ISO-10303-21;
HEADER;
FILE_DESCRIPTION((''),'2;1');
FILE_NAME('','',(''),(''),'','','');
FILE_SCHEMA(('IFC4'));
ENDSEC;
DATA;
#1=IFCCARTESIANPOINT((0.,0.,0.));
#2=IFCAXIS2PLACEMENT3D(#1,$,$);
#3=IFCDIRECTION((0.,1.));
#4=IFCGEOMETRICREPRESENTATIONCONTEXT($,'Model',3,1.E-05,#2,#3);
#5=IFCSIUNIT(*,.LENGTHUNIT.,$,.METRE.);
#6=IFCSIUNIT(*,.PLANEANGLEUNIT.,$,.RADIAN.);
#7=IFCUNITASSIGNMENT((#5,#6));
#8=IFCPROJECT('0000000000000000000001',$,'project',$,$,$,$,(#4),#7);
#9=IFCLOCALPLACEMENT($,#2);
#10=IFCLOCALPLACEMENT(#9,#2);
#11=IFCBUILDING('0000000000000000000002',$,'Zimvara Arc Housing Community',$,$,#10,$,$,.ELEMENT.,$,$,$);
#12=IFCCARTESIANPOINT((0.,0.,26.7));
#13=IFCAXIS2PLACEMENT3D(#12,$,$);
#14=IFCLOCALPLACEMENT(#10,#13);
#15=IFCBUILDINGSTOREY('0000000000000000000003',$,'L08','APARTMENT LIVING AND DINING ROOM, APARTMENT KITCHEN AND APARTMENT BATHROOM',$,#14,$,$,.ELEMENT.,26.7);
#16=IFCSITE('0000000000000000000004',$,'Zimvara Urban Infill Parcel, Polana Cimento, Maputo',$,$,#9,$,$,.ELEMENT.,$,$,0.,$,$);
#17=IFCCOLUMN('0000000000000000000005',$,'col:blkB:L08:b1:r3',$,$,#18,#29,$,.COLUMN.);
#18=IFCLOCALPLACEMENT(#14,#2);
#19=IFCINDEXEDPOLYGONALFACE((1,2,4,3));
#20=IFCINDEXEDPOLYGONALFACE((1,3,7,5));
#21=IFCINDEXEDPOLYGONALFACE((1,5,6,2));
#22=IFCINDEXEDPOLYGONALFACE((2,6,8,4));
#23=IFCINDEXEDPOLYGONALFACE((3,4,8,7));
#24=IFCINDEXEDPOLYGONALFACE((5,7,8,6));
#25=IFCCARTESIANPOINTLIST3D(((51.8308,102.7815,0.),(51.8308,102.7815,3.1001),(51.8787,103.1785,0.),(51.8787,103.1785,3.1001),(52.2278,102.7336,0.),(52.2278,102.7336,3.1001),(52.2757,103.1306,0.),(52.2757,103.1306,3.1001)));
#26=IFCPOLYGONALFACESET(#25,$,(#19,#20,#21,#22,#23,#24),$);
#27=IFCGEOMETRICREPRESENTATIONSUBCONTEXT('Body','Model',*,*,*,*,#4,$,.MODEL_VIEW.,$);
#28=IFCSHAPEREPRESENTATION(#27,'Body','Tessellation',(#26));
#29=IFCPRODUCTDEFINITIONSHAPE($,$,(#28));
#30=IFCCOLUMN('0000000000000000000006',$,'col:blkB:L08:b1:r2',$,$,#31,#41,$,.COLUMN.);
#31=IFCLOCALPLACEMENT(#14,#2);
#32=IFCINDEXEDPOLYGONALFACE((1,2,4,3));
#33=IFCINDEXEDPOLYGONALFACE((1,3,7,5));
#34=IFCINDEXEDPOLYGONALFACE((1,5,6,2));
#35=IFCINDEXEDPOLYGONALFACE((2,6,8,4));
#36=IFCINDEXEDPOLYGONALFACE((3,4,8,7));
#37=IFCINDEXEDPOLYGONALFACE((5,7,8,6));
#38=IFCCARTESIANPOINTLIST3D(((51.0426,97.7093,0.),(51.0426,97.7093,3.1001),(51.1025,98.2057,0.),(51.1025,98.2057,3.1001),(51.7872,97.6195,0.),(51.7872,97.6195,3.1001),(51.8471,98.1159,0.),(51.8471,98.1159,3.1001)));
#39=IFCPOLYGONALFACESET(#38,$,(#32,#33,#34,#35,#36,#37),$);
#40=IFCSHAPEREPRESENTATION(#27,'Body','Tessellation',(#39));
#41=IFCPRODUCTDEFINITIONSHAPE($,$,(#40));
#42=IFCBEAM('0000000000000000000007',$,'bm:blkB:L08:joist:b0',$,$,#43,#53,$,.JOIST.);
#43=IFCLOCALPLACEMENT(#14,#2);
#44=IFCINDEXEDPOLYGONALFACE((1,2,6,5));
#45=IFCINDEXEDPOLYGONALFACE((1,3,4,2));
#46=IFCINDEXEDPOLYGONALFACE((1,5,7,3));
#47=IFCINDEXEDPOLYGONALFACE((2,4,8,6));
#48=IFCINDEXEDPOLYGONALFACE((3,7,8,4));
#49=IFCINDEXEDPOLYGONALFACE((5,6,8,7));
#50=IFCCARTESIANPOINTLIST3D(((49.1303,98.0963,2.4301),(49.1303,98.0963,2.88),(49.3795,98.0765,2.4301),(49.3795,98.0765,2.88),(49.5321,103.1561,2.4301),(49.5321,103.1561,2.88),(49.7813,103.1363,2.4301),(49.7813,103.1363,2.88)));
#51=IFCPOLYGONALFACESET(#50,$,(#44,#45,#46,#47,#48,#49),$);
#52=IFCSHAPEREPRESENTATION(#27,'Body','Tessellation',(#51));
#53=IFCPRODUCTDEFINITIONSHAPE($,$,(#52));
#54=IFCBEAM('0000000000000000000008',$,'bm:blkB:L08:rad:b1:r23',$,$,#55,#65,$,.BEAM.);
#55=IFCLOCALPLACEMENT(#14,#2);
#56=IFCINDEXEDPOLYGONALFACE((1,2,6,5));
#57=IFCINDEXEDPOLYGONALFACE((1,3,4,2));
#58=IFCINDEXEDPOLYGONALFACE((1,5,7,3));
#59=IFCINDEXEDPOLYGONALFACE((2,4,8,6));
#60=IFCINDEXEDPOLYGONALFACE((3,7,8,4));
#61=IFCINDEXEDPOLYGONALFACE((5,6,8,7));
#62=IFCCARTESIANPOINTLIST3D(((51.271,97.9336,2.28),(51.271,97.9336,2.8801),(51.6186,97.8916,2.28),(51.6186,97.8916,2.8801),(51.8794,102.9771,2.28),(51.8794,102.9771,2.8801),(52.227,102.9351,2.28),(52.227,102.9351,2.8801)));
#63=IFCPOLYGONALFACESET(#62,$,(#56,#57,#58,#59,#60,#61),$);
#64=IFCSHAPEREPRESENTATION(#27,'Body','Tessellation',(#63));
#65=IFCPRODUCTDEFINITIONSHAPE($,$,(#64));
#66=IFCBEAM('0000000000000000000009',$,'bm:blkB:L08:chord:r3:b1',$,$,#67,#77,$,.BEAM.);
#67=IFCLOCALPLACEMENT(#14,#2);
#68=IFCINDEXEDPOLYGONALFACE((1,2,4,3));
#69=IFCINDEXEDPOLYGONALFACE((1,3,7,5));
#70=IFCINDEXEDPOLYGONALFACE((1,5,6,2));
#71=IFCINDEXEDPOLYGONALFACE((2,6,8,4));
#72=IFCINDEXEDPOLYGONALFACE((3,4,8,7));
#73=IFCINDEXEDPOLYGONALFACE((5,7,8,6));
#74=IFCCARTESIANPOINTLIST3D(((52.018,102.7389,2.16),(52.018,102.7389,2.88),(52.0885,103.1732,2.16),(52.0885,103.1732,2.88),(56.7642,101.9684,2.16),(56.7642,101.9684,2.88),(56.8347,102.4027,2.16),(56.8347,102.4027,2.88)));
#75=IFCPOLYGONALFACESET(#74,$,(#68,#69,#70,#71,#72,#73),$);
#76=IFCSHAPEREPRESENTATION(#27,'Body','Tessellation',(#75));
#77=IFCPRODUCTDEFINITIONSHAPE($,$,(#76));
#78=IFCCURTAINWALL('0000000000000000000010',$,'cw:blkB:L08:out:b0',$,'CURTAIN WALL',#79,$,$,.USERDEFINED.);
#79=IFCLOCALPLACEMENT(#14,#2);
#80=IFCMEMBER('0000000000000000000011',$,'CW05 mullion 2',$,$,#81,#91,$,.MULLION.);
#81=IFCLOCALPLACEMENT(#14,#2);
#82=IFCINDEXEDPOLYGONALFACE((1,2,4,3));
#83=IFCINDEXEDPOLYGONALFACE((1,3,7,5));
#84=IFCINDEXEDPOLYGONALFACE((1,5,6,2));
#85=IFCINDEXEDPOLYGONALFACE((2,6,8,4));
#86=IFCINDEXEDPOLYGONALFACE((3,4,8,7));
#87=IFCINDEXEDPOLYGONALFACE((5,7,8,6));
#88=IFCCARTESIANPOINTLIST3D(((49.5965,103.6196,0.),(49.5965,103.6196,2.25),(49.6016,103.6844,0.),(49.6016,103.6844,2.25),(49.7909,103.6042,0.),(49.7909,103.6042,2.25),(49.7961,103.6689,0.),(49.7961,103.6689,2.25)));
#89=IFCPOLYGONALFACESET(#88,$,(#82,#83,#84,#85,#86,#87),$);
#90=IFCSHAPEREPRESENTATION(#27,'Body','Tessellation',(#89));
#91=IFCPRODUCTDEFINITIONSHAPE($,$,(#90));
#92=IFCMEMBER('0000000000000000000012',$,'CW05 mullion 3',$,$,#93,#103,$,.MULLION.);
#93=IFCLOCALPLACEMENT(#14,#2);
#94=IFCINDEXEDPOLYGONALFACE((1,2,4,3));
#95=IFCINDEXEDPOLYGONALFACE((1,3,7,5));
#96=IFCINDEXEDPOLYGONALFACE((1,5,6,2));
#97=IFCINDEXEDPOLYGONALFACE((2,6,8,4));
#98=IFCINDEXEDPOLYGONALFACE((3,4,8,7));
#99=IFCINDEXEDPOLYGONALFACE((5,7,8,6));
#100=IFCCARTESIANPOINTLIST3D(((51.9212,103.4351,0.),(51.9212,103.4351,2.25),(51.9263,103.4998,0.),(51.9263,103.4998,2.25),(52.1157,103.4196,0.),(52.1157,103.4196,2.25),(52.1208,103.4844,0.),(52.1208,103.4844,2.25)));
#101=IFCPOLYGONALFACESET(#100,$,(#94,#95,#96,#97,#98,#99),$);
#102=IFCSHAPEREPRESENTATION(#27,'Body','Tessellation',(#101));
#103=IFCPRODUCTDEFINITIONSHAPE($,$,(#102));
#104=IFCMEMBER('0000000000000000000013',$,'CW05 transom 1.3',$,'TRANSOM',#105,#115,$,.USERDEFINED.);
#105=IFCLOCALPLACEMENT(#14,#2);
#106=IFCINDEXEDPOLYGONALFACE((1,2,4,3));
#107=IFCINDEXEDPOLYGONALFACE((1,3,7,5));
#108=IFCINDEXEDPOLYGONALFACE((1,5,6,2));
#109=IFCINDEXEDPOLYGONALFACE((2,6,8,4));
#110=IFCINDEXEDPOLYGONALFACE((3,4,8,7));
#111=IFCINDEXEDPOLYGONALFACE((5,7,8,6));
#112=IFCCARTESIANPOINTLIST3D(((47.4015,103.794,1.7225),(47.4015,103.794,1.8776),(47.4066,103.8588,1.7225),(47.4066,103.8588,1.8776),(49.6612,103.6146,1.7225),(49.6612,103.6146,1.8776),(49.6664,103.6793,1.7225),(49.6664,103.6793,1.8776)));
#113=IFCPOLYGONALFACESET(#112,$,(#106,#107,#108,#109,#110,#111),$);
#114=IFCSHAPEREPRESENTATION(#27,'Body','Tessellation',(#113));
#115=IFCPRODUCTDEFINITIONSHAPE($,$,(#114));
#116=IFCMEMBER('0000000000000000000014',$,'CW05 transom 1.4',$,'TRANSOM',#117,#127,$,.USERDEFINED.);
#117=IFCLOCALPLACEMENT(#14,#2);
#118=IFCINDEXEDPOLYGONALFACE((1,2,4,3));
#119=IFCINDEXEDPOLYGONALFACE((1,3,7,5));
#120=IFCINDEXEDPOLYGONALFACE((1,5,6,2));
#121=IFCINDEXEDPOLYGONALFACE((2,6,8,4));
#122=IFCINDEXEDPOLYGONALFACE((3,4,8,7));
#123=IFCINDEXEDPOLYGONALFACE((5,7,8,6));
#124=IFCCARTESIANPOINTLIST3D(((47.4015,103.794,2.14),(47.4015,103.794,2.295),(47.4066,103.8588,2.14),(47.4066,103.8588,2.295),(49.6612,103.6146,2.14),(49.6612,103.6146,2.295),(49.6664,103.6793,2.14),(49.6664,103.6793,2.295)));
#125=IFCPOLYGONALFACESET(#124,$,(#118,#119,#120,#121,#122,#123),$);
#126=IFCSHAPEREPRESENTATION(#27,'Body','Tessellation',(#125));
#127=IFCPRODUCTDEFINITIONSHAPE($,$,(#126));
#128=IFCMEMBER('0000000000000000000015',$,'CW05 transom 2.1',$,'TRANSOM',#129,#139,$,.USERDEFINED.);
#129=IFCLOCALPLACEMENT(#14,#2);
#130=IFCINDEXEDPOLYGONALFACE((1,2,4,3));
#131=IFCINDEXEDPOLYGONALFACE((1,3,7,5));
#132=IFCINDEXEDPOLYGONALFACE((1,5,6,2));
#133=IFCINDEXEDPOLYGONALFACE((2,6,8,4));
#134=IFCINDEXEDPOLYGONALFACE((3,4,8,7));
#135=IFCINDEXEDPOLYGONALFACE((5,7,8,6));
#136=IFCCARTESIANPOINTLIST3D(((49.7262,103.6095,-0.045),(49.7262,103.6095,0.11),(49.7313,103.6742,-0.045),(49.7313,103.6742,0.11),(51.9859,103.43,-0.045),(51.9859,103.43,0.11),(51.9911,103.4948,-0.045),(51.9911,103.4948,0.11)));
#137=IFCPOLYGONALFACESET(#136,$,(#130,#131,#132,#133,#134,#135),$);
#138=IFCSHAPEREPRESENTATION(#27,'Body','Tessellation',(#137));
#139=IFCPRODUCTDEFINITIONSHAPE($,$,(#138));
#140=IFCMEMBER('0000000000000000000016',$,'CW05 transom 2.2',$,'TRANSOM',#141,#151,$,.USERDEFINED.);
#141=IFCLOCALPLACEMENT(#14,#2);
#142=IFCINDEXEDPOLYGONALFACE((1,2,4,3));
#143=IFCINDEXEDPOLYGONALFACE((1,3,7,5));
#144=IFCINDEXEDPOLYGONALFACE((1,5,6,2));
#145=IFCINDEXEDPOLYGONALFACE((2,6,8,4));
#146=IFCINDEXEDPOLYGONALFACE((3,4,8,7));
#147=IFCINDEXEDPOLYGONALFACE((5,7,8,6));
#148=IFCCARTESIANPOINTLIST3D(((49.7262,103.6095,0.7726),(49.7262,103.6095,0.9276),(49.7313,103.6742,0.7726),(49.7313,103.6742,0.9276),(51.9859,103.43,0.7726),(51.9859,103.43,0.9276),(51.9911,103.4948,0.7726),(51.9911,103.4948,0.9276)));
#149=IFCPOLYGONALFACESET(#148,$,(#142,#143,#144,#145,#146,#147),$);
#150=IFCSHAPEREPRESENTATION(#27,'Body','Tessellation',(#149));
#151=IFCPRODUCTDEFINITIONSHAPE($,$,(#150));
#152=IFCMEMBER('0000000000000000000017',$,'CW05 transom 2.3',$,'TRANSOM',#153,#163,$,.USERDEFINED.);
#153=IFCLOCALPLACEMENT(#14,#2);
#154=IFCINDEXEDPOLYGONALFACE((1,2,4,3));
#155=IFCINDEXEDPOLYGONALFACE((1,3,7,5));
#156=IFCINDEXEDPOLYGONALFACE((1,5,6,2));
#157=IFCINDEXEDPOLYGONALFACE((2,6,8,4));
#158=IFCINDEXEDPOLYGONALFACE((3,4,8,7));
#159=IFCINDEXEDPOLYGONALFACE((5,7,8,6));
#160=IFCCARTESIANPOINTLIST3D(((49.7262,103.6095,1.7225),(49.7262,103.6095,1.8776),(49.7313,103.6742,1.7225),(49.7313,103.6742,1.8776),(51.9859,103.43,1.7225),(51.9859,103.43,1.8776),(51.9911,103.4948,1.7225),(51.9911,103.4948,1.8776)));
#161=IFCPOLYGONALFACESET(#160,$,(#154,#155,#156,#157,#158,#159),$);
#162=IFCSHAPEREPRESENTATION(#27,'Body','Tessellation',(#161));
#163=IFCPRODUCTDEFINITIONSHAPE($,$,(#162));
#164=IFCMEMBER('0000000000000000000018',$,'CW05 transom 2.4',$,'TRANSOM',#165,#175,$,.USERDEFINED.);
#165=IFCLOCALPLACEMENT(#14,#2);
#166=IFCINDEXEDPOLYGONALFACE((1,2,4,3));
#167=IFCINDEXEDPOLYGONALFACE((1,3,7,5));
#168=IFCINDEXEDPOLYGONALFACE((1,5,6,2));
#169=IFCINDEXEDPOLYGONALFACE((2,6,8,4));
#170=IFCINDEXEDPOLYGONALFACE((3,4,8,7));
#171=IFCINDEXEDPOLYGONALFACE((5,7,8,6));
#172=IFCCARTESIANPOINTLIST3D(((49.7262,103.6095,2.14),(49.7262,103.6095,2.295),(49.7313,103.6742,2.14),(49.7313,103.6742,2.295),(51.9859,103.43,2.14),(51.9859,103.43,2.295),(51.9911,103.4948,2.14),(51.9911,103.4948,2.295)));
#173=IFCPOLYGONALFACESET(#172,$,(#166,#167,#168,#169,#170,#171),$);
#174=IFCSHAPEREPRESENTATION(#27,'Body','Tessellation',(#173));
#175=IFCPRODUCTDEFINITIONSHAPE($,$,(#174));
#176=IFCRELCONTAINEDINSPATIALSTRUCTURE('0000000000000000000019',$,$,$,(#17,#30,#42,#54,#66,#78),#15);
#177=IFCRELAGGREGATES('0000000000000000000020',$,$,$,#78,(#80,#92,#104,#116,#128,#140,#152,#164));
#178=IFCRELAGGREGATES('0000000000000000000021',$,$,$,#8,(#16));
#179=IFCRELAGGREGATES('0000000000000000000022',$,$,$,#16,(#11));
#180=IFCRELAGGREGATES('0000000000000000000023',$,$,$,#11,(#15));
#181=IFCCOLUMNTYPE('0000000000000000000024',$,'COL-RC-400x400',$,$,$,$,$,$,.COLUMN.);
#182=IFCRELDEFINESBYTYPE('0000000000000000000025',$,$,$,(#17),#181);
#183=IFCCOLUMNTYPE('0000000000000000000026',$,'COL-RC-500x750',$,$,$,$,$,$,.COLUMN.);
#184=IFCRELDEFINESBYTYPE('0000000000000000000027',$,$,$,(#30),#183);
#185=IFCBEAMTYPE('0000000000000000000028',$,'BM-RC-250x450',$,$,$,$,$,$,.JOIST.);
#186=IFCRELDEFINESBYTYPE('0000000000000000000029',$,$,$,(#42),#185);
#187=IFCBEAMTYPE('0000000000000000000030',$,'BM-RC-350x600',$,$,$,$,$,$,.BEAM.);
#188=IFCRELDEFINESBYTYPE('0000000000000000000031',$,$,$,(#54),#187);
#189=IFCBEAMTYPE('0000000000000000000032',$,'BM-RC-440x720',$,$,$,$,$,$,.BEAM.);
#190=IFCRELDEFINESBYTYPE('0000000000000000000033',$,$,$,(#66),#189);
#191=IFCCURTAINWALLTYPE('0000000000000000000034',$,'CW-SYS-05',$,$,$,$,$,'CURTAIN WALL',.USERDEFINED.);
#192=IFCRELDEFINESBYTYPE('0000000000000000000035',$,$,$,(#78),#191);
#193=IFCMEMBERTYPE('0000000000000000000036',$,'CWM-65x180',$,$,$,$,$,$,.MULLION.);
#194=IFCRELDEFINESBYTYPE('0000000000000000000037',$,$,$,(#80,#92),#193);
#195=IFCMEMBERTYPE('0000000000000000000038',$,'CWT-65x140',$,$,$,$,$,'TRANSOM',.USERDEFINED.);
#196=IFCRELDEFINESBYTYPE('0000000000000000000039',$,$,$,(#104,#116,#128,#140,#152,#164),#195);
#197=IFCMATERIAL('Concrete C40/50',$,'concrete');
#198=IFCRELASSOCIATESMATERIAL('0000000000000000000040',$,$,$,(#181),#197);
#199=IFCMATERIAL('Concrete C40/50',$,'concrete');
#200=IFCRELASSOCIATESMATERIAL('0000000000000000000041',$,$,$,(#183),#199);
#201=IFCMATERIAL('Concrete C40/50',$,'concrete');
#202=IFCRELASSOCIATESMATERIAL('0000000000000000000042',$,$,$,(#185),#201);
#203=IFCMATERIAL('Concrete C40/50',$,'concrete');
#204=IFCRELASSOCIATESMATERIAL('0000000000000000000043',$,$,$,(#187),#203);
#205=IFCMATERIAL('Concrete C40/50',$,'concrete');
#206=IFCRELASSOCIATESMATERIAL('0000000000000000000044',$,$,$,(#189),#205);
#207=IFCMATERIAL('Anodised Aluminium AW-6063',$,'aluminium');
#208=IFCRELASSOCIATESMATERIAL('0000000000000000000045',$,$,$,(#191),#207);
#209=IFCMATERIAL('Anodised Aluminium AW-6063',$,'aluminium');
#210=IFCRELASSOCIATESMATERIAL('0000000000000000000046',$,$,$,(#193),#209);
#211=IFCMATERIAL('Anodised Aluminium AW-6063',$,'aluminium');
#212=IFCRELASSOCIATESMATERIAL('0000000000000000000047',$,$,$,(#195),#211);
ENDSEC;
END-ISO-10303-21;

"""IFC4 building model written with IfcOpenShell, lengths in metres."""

from ifc_helpers import new_model, si_unit, direction, frame, origin, origin_2d, place, context, subcontext, project, spatial, rectangle, extrude, material, material_profile, profile_set, type_object, element, aggregate, save


model = new_model("IFC4")

# Units and contexts
model_context = context("Model", 3, precision=1e-05, world=origin(), true_north=direction((0.0, 1.0)))
body_context = subcontext(model_context, "Body", "Model", "MODEL_VIEW")
ifc_project = project(units=[si_unit("LENGTHUNIT", "METRE"), si_unit("PLANEANGLEUNIT", "RADIAN")], contexts=[model_context])

# Site, building, storey
site_placement = place(None, origin())
site = spatial("IfcSite", under=ifc_project, at=site_placement, Name="Zimvara Urban Infill Parcel, Polana Cimento, Maputo", CompositionType="ELEMENT", RefElevation=0.0)
building_placement = place(site_placement, origin())
building = spatial("IfcBuilding", under=site, at=building_placement, Name="Zimvara Arc Housing Community", CompositionType="ELEMENT")
storey_placement = place(building_placement, frame((0.0, 0.0, 26.7)))
storey = spatial("IfcBuildingStorey", under=building, at=storey_placement, Name="L08", Description="APARTMENT LIVING AND DINING ROOM, APARTMENT KITCHEN AND APARTMENT BATHROOM", CompositionType="ELEMENT", Elevation=26.7)

# Columns
ifc_material_1 = material(Name="Concrete C40/50", Category="concrete")
ifc_material_profile_1 = material_profile(ifc_material_1, rectangle(XDim=0.3999, YDim=0.3999, at=origin_2d()), Name="RC 400x400")
ifc_profile_set_1 = profile_set([ifc_material_profile_1], Name="Concrete C40/50")
column_type_1 = type_object("IfcColumnType", Name="COL-RC-400x400", PredefinedType="COLUMN", material=ifc_profile_set_1)
column_1_placement = place(storey_placement, frame((52.0532, 102.9561, 0.0), z_axis=(0.0, 0.0, 1.0), x_axis=(0.11979, 0.992799, 0.0)))
element("IfcColumn", 1, at=column_1_placement, inside=storey, type_object=column_type_1, Name="col:blkB:L08:b1:r3", PredefinedType="COLUMN", context=body_context, shape_type="SweptSolid", body=[
    extrude(rectangle(XDim=0.3999, YDim=0.3999, at=origin_2d()), origin(), (0.0, 0.0, 1.0), 3.1001),
])
ifc_material_2 = material(Name="Concrete C40/50", Category="concrete")
ifc_material_profile_2 = material_profile(ifc_material_2, rectangle(XDim=0.5, YDim=0.75, at=origin_2d()), Name="RC 500x750")
ifc_profile_set_2 = profile_set([ifc_material_profile_2], Name="Concrete C40/50")
column_type_2 = type_object("IfcColumnType", Name="COL-RC-500x750", PredefinedType="COLUMN", material=ifc_profile_set_2)
column_2_placement = place(storey_placement, frame((51.4448, 97.9126, 0.0), z_axis=(0.0, 0.0, 1.0), x_axis=(0.11979, 0.992799, 0.0)))
element("IfcColumn", 2, at=column_2_placement, inside=storey, type_object=column_type_2, Name="col:blkB:L08:b1:r2", PredefinedType="COLUMN", context=body_context, shape_type="SweptSolid", body=[
    extrude(rectangle(XDim=0.5, YDim=0.75, at=origin_2d()), origin(), (0.0, 0.0, 1.0), 3.1001),
])

# Beams
ifc_material_3 = material(Name="Concrete C40/50", Category="concrete")
ifc_material_profile_3 = material_profile(ifc_material_3, rectangle(XDim=0.25, YDim=0.45, at=origin_2d()), Name="RC 250x450")
ifc_profile_set_3 = profile_set([ifc_material_profile_3], Name="Concrete C40/50")
beam_type_1 = type_object("IfcBeamType", Name="BM-RC-250x450", PredefinedType="JOIST", material=ifc_profile_set_3)
beam_1_placement = place(storey_placement, frame((49.2549, 98.0864, 2.655), z_axis=(0.079172, 0.996861, 0.0), x_axis=(-0.996861, 0.079172, 0.0)))
element("IfcBeam", 3, at=beam_1_placement, inside=storey, type_object=beam_type_1, Name="bm:blkB:L08:joist:b0", PredefinedType="JOIST", context=body_context, shape_type="SweptSolid", body=[
    extrude(rectangle(XDim=0.25, YDim=0.45, at=origin_2d()), origin(), (0.0, 0.0, 1.0), 5.0757),
])
ifc_material_4 = material(Name="Concrete C40/50", Category="concrete")
ifc_material_profile_4 = material_profile(ifc_material_4, rectangle(XDim=0.3501, YDim=0.6001, at=origin_2d()), Name="RC 350x600")
ifc_profile_set_4 = profile_set([ifc_material_profile_4], Name="Concrete C40/50")
beam_type_2 = type_object("IfcBeamType", Name="BM-RC-350x600", PredefinedType="BEAM", material=ifc_profile_set_4)
beam_2_placement = place(storey_placement, frame((51.4448, 97.9126, 2.5801), z_axis=(0.119763, 0.992803, 0.0), x_axis=(-0.992803, 0.119763, 0.0)))
element("IfcBeam", 4, at=beam_2_placement, inside=storey, type_object=beam_type_2, Name="bm:blkB:L08:rad:b1:r23", PredefinedType="BEAM", context=body_context, shape_type="SweptSolid", body=[
    extrude(rectangle(XDim=0.3501, YDim=0.6001, at=origin_2d()), origin(), (0.0, 0.0, 1.0), 5.0801),
])
ifc_material_5 = material(Name="Concrete C40/50", Category="concrete")
ifc_material_profile_5 = material_profile(ifc_material_5, rectangle(XDim=0.4399, YDim=0.72, at=origin_2d()), Name="RC 440x720")
ifc_profile_set_5 = profile_set([ifc_material_profile_5], Name="Concrete C40/50")
beam_type_3 = type_object("IfcBeamType", Name="BM-RC-440x720", PredefinedType="BEAM", material=ifc_profile_set_5)
beam_3_placement = place(storey_placement, frame((52.0532, 102.9561, 2.52), z_axis=(0.987077, -0.160248, 0.0), x_axis=(0.160248, 0.987077, 0.0)))
element("IfcBeam", 5, at=beam_3_placement, inside=storey, type_object=beam_type_3, Name="bm:blkB:L08:chord:r3:b1", PredefinedType="BEAM", context=body_context, shape_type="SweptSolid", body=[
    extrude(rectangle(XDim=0.4399, YDim=0.72, at=origin_2d()), origin(), (0.0, 0.0, 1.0), 4.8083),
])

# Curtain wall, members
ifc_material_6 = material(Name="Anodised Aluminium AW-6063", Category="aluminium")
curtain_wall_type = type_object("IfcCurtainWallType", Name="CW-SYS-05", ElementType="CURTAIN WALL", PredefinedType="USERDEFINED", material=ifc_material_6)
curtain_wall_placement = place(storey_placement, origin())
curtain_wall = element("IfcCurtainWall", 6, at=curtain_wall_placement, inside=storey, type_object=curtain_wall_type, Name="cw:blkB:L08:out:b0", ObjectType="CURTAIN WALL", PredefinedType="USERDEFINED")
ifc_material_7 = material(Name="Anodised Aluminium AW-6063", Category="aluminium")
ifc_material_profile_6 = material_profile(ifc_material_7, rectangle(XDim=0.0649, YDim=0.1951, at=origin_2d()), Name="ALU 65x195")
ifc_profile_set_6 = profile_set([ifc_material_profile_6], Name="Anodised Aluminium AW-6063")
member_type_1 = type_object("IfcMemberType", Name="CWM-65x180", PredefinedType="MULLION", material=ifc_profile_set_6)
member_1_placement = place(storey_placement, frame((49.6963, 103.6443, 0.0), z_axis=(0.0, 0.0, 1.0), x_axis=(0.079154, 0.996862, 0.0)))
member_1 = element("IfcMember", 7, at=member_1_placement, type_object=member_type_1, Name="CW05 mullion 2", PredefinedType="MULLION", context=body_context, shape_type="SweptSolid", body=[
    extrude(rectangle(XDim=0.0649, YDim=0.1951, at=origin_2d()), origin(), (0.0, 0.0, 1.0), 2.25),
])
member_2_placement = place(storey_placement, frame((52.021, 103.4597, 0.0), z_axis=(0.0, 0.0, 1.0), x_axis=(0.079154, 0.996862, 0.0)))
member_2 = element("IfcMember", 8, at=member_2_placement, type_object=member_type_1, Name="CW05 mullion 3", PredefinedType="MULLION", context=body_context, shape_type="SweptSolid", body=[
    extrude(rectangle(XDim=0.0649, YDim=0.1951, at=origin_2d()), origin(), (0.0, 0.0, 1.0), 2.25),
])
ifc_material_8 = material(Name="Anodised Aluminium AW-6063", Category="aluminium")
ifc_material_profile_7 = material_profile(ifc_material_8, rectangle(XDim=0.0649, YDim=0.155, at=origin_2d()), Name="ALU 65x155")
ifc_profile_set_7 = profile_set([ifc_material_profile_7], Name="Anodised Aluminium AW-6063")
member_type_2 = type_object("IfcMemberType", Name="CWT-65x140", ElementType="TRANSOM", PredefinedType="USERDEFINED", material=ifc_profile_set_7)
member_3_placement = place(storey_placement, frame((47.4041, 103.8264, 1.8), z_axis=(0.996862, -0.079159, 0.0), x_axis=(0.079159, 0.996862, 0.0)))
member_3 = element("IfcMember", 9, at=member_3_placement, type_object=member_type_2, Name="CW05 transom 1.3", ObjectType="TRANSOM", PredefinedType="USERDEFINED", context=body_context, shape_type="SweptSolid", body=[
    extrude(rectangle(XDim=0.0649, YDim=0.155, at=origin_2d()), origin(), (0.0, 0.0, 1.0), 2.2668),
])
member_4_placement = place(storey_placement, frame((47.4041, 103.8264, 2.2175), z_axis=(0.996862, -0.079159, 0.0), x_axis=(0.079159, 0.996862, 0.0)))
member_4 = element("IfcMember", 10, at=member_4_placement, type_object=member_type_2, Name="CW05 transom 1.4", ObjectType="TRANSOM", PredefinedType="USERDEFINED", context=body_context, shape_type="SweptSolid", body=[
    extrude(rectangle(XDim=0.0649, YDim=0.155, at=origin_2d()), origin(), (0.0, 0.0, 1.0), 2.2668),
])
member_5_placement = place(storey_placement, frame((49.7288, 103.6418, 0.0325), z_axis=(0.996862, -0.079159, 0.0), x_axis=(0.079159, 0.996862, 0.0)))
member_5 = element("IfcMember", 11, at=member_5_placement, type_object=member_type_2, Name="CW05 transom 2.1", ObjectType="TRANSOM", PredefinedType="USERDEFINED", context=body_context, shape_type="SweptSolid", body=[
    extrude(rectangle(XDim=0.0649, YDim=0.155, at=origin_2d()), origin(), (0.0, 0.0, 1.0), 2.2668),
])
member_6_placement = place(storey_placement, frame((49.7288, 103.6418, 0.8501), z_axis=(0.996862, -0.079159, 0.0), x_axis=(0.079159, 0.996862, 0.0)))
member_6 = element("IfcMember", 12, at=member_6_placement, type_object=member_type_2, Name="CW05 transom 2.2", ObjectType="TRANSOM", PredefinedType="USERDEFINED", context=body_context, shape_type="SweptSolid", body=[
    extrude(rectangle(XDim=0.0649, YDim=0.155, at=origin_2d()), origin(), (0.0, 0.0, 1.0), 2.2668),
])
member_7_placement = place(storey_placement, frame((49.7288, 103.6418, 1.8), z_axis=(0.996862, -0.079159, 0.0), x_axis=(0.079159, 0.996862, 0.0)))
member_7 = element("IfcMember", 13, at=member_7_placement, type_object=member_type_2, Name="CW05 transom 2.3", ObjectType="TRANSOM", PredefinedType="USERDEFINED", context=body_context, shape_type="SweptSolid", body=[
    extrude(rectangle(XDim=0.0649, YDim=0.155, at=origin_2d()), origin(), (0.0, 0.0, 1.0), 2.2668),
])
member_8_placement = place(storey_placement, frame((49.7288, 103.6418, 2.2175), z_axis=(0.996862, -0.079159, 0.0), x_axis=(0.079159, 0.996862, 0.0)))
member_8 = element("IfcMember", 14, at=member_8_placement, type_object=member_type_2, Name="CW05 transom 2.4", ObjectType="TRANSOM", PredefinedType="USERDEFINED", context=body_context, shape_type="SweptSolid", body=[
    extrude(rectangle(XDim=0.0649, YDim=0.155, at=origin_2d()), origin(), (0.0, 0.0, 1.0), 2.2668),
])
aggregate(curtain_wall, [member_1, member_2, member_3, member_4, member_5, member_6, member_7, member_8])

save(model, "model.ifc")
